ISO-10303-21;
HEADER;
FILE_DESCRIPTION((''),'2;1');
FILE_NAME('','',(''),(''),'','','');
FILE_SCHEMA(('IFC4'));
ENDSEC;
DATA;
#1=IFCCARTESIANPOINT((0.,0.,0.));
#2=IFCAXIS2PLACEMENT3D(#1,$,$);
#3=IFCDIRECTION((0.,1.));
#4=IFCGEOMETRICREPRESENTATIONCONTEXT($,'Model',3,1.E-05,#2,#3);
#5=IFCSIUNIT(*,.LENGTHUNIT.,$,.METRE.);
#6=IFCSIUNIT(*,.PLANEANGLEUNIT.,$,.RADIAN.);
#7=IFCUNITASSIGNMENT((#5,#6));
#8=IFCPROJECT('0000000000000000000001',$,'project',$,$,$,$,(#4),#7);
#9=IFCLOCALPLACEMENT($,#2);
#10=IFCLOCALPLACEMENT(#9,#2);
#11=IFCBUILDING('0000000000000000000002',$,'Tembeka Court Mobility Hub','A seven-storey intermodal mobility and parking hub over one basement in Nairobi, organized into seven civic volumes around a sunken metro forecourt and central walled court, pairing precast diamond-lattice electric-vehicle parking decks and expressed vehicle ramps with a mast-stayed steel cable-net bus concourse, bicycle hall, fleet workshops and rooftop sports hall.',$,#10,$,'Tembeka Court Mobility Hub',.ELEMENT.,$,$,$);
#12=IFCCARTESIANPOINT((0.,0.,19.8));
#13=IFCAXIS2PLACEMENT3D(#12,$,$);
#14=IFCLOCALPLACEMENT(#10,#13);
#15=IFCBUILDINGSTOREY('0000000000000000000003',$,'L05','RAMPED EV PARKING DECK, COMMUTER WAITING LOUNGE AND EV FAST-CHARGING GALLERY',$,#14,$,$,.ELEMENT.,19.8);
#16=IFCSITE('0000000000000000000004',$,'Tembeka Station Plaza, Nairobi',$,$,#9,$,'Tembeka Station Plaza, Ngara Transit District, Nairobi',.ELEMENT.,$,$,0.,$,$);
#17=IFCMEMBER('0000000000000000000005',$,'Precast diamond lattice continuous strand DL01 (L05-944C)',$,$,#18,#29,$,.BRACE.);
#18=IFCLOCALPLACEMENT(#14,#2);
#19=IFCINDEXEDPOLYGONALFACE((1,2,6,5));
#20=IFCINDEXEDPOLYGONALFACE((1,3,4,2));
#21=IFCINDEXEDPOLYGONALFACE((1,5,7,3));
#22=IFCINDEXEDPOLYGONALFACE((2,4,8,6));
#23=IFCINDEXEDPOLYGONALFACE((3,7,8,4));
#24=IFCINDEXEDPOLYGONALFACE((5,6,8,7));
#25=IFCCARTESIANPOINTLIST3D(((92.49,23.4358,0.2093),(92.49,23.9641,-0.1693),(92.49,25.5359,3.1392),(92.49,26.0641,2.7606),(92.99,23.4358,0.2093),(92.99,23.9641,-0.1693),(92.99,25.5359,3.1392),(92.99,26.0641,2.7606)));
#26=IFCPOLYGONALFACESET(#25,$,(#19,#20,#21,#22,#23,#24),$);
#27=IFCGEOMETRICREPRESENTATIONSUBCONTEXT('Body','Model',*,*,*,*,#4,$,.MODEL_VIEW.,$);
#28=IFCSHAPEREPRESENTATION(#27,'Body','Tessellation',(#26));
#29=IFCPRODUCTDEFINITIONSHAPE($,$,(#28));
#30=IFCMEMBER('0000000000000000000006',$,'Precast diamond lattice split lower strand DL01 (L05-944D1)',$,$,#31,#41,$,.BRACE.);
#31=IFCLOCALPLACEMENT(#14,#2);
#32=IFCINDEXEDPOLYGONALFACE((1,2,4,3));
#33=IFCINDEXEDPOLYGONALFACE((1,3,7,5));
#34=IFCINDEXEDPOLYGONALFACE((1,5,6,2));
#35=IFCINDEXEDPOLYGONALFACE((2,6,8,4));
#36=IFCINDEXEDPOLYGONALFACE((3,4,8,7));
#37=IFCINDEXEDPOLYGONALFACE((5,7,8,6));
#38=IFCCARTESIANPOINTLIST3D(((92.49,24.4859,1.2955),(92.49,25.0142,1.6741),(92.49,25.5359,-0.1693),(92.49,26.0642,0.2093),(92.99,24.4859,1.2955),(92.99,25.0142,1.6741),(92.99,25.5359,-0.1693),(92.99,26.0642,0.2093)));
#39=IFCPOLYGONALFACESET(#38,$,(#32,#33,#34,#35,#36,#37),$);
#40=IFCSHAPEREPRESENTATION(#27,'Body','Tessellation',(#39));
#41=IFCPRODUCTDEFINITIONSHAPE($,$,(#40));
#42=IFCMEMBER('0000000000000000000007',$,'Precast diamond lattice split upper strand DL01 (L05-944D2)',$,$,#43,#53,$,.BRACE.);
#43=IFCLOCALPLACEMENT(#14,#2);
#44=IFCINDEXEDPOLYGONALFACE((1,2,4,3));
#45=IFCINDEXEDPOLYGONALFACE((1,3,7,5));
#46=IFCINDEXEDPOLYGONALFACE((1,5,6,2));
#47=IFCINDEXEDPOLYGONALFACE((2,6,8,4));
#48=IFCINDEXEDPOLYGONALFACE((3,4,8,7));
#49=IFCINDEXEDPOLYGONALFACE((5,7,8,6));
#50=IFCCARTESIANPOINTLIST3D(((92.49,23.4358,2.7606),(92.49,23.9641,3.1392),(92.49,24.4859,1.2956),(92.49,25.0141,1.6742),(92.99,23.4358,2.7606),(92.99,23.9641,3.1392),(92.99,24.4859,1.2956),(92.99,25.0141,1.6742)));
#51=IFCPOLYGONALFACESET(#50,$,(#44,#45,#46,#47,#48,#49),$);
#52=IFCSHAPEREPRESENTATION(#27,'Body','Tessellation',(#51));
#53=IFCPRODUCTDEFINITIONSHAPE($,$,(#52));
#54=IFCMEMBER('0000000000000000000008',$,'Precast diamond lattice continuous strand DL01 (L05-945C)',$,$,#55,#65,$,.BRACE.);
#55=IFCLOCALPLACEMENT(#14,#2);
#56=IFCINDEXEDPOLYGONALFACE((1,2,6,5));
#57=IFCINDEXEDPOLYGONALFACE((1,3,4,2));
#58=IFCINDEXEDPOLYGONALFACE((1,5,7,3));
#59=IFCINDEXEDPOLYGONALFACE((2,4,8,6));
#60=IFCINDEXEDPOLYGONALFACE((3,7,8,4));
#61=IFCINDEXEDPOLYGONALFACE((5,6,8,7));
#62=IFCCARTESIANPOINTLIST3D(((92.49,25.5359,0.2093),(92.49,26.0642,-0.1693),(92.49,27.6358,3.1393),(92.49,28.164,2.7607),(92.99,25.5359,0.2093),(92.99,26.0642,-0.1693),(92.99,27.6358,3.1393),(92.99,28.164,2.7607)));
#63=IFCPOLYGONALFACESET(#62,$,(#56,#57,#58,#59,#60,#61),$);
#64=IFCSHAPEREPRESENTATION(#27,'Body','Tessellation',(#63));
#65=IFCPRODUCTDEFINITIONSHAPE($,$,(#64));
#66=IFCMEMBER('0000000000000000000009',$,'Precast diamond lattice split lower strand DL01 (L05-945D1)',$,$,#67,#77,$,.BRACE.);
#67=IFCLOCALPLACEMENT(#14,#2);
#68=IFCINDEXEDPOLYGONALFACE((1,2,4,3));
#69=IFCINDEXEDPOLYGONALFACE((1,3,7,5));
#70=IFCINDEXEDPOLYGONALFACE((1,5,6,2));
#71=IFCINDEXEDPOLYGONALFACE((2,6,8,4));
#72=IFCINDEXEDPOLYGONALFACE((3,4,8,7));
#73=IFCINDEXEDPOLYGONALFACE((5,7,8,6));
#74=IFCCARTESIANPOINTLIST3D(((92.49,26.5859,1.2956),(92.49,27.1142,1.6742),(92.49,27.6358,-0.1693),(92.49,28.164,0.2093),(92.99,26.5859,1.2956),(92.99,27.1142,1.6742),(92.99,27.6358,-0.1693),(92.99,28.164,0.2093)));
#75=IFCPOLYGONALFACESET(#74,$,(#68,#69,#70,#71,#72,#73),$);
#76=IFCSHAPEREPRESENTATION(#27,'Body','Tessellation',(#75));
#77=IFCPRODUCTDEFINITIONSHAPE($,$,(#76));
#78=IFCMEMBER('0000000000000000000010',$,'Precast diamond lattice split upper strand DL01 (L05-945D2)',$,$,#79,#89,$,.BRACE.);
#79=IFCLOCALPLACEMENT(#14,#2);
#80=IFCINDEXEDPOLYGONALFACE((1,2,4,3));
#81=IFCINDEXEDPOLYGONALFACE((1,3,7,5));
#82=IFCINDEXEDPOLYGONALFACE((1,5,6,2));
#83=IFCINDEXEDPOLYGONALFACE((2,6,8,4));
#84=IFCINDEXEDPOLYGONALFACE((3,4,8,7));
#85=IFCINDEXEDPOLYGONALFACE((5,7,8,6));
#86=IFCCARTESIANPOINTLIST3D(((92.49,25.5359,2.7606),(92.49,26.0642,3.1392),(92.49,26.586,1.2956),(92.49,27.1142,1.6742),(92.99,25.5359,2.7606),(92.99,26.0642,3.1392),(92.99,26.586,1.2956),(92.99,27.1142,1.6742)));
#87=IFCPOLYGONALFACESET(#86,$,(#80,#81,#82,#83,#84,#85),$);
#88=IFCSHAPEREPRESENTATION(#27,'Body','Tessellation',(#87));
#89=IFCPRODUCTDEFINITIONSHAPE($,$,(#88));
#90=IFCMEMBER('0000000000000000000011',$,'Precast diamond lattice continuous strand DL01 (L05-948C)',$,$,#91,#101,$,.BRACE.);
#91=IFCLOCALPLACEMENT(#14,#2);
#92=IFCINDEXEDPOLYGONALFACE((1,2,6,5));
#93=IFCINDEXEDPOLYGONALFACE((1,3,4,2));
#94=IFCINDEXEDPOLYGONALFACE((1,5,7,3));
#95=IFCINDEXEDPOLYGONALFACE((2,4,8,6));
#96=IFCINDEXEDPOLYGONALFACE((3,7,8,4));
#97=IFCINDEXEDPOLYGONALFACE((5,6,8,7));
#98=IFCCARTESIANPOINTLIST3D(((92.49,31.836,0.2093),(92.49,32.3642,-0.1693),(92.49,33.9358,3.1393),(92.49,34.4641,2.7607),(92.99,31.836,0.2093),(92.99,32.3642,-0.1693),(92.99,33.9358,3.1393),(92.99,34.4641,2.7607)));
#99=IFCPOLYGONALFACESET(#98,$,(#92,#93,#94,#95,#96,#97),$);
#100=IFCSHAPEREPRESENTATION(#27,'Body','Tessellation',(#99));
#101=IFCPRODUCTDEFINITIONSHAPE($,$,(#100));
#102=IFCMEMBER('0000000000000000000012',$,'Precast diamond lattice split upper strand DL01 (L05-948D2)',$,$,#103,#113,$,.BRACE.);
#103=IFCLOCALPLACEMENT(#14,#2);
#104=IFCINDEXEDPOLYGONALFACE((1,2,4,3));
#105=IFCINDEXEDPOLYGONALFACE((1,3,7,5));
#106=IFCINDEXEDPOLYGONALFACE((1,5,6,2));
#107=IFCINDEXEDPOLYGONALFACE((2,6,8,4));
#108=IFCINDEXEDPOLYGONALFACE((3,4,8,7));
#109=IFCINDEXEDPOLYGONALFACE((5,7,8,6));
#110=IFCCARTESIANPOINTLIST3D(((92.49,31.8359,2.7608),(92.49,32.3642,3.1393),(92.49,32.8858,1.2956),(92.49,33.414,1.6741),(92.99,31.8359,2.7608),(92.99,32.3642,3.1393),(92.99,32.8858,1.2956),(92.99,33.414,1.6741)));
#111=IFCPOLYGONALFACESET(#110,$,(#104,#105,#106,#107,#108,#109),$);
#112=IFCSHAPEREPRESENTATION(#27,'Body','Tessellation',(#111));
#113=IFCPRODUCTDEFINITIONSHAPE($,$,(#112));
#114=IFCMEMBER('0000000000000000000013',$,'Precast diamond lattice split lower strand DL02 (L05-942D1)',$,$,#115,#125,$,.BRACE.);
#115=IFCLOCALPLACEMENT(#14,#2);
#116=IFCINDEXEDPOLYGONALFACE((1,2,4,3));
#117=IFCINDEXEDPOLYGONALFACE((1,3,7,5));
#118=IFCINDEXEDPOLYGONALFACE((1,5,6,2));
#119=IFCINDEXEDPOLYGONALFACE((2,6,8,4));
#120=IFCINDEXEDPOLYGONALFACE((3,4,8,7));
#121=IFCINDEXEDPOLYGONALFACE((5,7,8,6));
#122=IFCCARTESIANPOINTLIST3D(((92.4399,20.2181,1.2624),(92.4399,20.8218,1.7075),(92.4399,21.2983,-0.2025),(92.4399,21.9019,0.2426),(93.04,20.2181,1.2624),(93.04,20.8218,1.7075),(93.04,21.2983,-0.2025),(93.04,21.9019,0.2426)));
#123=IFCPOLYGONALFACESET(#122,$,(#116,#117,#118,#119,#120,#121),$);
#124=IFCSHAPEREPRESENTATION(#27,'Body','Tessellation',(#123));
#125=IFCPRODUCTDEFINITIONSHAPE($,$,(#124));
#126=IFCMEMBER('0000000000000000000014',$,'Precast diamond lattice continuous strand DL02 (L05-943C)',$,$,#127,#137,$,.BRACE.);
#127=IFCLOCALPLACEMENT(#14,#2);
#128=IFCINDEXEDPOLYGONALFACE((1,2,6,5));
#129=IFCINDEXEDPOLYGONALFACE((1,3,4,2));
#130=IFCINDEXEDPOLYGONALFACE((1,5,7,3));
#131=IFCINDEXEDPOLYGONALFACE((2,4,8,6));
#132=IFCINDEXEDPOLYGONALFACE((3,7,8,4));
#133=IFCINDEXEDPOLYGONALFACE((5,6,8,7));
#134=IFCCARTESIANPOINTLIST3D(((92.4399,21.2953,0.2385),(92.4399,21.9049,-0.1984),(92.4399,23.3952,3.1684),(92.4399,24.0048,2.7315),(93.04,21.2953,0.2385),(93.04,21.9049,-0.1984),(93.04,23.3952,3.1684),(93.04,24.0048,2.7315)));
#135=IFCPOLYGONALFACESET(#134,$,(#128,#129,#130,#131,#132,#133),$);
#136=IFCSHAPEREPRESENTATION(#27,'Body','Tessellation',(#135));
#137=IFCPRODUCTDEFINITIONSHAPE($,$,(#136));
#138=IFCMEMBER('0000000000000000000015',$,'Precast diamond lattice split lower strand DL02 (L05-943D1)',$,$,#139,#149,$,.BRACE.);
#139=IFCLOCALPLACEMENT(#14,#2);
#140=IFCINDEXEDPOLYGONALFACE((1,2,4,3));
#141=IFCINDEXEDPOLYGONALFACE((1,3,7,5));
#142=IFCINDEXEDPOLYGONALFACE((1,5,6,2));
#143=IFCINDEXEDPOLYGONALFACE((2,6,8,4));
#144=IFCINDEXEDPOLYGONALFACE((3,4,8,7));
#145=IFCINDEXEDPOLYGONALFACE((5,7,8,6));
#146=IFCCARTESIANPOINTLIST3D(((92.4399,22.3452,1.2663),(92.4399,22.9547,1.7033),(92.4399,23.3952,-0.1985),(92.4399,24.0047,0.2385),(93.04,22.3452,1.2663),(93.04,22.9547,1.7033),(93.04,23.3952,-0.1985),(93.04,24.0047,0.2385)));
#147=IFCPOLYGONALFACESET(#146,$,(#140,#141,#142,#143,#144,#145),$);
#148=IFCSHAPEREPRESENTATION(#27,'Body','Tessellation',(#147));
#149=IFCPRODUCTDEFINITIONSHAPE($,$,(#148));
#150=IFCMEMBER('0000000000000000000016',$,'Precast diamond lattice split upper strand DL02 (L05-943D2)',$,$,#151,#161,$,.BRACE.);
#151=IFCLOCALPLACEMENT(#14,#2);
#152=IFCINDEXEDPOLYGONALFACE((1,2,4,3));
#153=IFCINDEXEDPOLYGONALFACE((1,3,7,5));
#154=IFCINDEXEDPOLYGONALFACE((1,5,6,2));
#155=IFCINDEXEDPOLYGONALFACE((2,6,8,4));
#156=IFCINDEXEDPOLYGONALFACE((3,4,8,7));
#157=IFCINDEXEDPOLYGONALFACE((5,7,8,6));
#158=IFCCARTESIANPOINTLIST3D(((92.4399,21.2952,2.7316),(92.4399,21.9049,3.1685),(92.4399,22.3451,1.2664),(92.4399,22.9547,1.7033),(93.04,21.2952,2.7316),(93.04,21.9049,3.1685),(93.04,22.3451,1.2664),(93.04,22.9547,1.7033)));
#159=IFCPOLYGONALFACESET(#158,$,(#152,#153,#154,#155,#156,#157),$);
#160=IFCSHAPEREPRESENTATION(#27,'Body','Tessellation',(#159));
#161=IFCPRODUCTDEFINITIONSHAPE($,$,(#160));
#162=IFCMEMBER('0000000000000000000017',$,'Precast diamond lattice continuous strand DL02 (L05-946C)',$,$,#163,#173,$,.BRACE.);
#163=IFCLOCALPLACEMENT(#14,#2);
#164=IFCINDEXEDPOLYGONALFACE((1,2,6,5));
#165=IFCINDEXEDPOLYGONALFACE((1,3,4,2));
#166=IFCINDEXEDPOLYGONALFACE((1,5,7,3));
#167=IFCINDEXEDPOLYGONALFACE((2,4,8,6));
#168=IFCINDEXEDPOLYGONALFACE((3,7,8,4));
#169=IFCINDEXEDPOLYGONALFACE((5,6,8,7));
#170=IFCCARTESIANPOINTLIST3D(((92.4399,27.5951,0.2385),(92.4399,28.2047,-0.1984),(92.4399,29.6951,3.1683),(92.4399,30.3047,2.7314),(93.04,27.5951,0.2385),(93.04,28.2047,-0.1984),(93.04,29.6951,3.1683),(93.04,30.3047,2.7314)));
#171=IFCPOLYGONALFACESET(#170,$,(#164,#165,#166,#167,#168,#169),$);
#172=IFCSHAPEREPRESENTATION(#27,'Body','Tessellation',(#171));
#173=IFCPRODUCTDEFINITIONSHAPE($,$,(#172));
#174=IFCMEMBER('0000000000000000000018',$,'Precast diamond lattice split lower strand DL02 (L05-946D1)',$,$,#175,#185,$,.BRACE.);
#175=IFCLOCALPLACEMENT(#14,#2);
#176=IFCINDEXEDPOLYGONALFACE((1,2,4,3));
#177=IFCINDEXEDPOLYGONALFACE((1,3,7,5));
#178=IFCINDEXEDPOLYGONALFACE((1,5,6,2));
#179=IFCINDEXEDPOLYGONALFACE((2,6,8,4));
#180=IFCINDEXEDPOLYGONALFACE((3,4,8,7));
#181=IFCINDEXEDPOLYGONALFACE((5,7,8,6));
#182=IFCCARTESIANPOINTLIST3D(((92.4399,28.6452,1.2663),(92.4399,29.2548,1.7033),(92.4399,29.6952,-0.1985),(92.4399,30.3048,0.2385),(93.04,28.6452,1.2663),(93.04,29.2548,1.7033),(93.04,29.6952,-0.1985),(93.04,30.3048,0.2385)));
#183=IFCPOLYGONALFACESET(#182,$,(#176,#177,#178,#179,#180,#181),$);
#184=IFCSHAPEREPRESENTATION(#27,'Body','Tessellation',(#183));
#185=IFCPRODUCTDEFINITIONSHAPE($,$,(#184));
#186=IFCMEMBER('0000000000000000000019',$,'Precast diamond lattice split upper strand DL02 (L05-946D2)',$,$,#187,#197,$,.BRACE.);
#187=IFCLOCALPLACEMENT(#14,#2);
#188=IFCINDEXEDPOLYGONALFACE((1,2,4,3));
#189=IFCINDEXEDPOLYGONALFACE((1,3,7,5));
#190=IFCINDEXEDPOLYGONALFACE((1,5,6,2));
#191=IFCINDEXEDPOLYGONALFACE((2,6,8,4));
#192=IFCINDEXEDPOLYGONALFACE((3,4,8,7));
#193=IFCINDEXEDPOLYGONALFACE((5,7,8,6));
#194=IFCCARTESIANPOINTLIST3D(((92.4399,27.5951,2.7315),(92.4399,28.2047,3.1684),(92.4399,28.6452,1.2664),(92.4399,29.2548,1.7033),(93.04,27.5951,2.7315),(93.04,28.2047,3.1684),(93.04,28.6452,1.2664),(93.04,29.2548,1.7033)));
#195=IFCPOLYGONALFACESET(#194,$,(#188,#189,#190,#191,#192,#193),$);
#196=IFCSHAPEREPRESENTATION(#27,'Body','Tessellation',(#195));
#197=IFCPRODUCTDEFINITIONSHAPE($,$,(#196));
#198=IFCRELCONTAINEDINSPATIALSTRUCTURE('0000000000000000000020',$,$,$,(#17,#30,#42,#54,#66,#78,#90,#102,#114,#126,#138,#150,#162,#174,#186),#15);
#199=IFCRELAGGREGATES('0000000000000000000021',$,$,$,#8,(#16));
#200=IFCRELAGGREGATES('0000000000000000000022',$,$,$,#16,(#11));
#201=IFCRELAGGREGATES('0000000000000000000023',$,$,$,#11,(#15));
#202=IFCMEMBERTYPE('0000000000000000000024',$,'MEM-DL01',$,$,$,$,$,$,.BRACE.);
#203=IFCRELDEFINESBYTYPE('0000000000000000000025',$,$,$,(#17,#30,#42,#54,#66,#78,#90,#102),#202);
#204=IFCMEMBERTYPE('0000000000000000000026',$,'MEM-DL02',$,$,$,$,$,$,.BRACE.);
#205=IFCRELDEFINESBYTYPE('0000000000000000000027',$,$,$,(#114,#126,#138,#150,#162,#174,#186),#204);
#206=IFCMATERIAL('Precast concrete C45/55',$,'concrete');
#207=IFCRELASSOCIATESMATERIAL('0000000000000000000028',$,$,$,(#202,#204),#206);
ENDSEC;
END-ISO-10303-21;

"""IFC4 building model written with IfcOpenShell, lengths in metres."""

from ifc_helpers import new_model, si_unit, direction, frame, origin, origin_2d, place, context, subcontext, project, spatial, rectangle, extrude, material, material_profile, profile_set, type_object, element, save


model = new_model("IFC4")

# Units and contexts
model_context = context("Model", 3, precision=1e-05, world=origin(), true_north=direction((0.0, 1.0)))
body_context = subcontext(model_context, "Body", "Model", "MODEL_VIEW")
ifc_project = project(units=[si_unit("LENGTHUNIT", "METRE"), si_unit("PLANEANGLEUNIT", "RADIAN")], contexts=[model_context])

# Site, building, storey
site_placement = place(None, origin())
site = spatial("IfcSite", under=ifc_project, at=site_placement, Name="Tembeka Station Plaza, Nairobi", LongName="Tembeka Station Plaza, Ngara Transit District, Nairobi", CompositionType="ELEMENT", RefElevation=0.0)
building_placement = place(site_placement, origin())
building = spatial("IfcBuilding", under=site, at=building_placement, Name="Tembeka Court Mobility Hub", Description="A seven-storey intermodal mobility and parking hub over one basement in Nairobi, organized into seven civic volumes around a sunken metro forecourt and central walled court, pairing precast diamond-lattice electric-vehicle parking decks and expressed vehicle ramps with a mast-stayed steel cable-net bus concourse, bicycle hall, fleet workshops and rooftop sports hall.", LongName="Tembeka Court Mobility Hub", CompositionType="ELEMENT")
storey_placement = place(building_placement, frame((0.0, 0.0, 19.8)))
storey = spatial("IfcBuildingStorey", under=building, at=storey_placement, Name="L05", Description="RAMPED EV PARKING DECK, COMMUTER WAITING LOUNGE AND EV FAST-CHARGING GALLERY", CompositionType="ELEMENT", Elevation=19.8)

# Members
ifc_material_1 = material(Name="Precast concrete C45/55", Category="concrete")
ifc_material_profile_1 = material_profile(ifc_material_1, rectangle(XDim=0.5, YDim=0.6499, at=origin_2d()), Name="PC-DIAG 500x650")
ifc_profile_set_1 = profile_set([ifc_material_profile_1], Name="Precast concrete C45/55")
member_type_1 = type_object("IfcMemberType", Name="MEM-DL01", PredefinedType="BRACE", material=ifc_profile_set_1)
member_1_placement = place(storey_placement, frame((92.74, 23.7, 0.02), z_axis=(0.0, 0.582576, 0.812776), x_axis=(-1.0, 0.0, 0.0)))
element("IfcMember", 1, at=member_1_placement, inside=storey, type_object=member_type_1, Name="Precast diamond lattice continuous strand DL01 (L05-944C)", PredefinedType="BRACE", context=body_context, shape_type="SweptSolid", body=[
    extrude(rectangle(XDim=0.5, YDim=0.6499, at=origin_2d()), origin(), (0.0, 0.0, 1.0), 3.6047),
])
member_2_placement = place(storey_placement, frame((92.74, 25.8, 0.02), z_axis=(0.0, -0.582608, 0.812753), x_axis=(1.0, 0.0, 0.0)))
element("IfcMember", 2, at=member_2_placement, inside=storey, type_object=member_type_1, Name="Precast diamond lattice split lower strand DL01 (L05-944D1)", PredefinedType="BRACE", context=body_context, shape_type="SweptSolid", body=[
    extrude(rectangle(XDim=0.5, YDim=0.6499, at=origin_2d()), origin(), (0.0, 0.0, 1.0), 1.8022),
])
member_3_placement = place(storey_placement, frame((92.74, 24.75, 1.4849), z_axis=(0.0, -0.582544, 0.812799), x_axis=(1.0, 0.0, 0.0)))
element("IfcMember", 3, at=member_3_placement, inside=storey, type_object=member_type_1, Name="Precast diamond lattice split upper strand DL01 (L05-944D2)", PredefinedType="BRACE", context=body_context, shape_type="SweptSolid", body=[
    extrude(rectangle(XDim=0.5, YDim=0.6499, at=origin_2d()), origin(), (0.0, 0.0, 1.0), 1.8025),
])
member_4_placement = place(storey_placement, frame((92.74, 25.8, 0.02), z_axis=(0.0, 0.582532, 0.812808), x_axis=(-1.0, 0.0, 0.0)))
element("IfcMember", 4, at=member_4_placement, inside=storey, type_object=member_type_1, Name="Precast diamond lattice continuous strand DL01 (L05-945C)", PredefinedType="BRACE", context=body_context, shape_type="SweptSolid", body=[
    extrude(rectangle(XDim=0.5, YDim=0.6499, at=origin_2d()), origin(), (0.0, 0.0, 1.0), 3.6047),
])
member_5_placement = place(storey_placement, frame((92.74, 27.8999, 0.02), z_axis=(0.0, -0.582519, 0.812817), x_axis=(1.0, 0.0, 0.0)))
element("IfcMember", 5, at=member_5_placement, inside=storey, type_object=member_type_1, Name="Precast diamond lattice split lower strand DL01 (L05-945D1)", PredefinedType="BRACE", context=body_context, shape_type="SweptSolid", body=[
    extrude(rectangle(XDim=0.5, YDim=0.6499, at=origin_2d()), origin(), (0.0, 0.0, 1.0), 1.8022),
])
member_6_placement = place(storey_placement, frame((92.74, 26.8501, 1.4849), z_axis=(0.0, -0.582544, 0.812799), x_axis=(1.0, 0.0, 0.0)))
element("IfcMember", 6, at=member_6_placement, inside=storey, type_object=member_type_1, Name="Precast diamond lattice split upper strand DL01 (L05-945D2)", PredefinedType="BRACE", context=body_context, shape_type="SweptSolid", body=[
    extrude(rectangle(XDim=0.5, YDim=0.6499, at=origin_2d()), origin(), (0.0, 0.0, 1.0), 1.8025),
])
member_7_placement = place(storey_placement, frame((92.74, 32.1001, 0.02), z_axis=(0.0, 0.582532, 0.812808), x_axis=(-1.0, 0.0, 0.0)))
element("IfcMember", 7, at=member_7_placement, inside=storey, type_object=member_type_1, Name="Precast diamond lattice continuous strand DL01 (L05-948C)", PredefinedType="BRACE", context=body_context, shape_type="SweptSolid", body=[
    extrude(rectangle(XDim=0.5, YDim=0.6499, at=origin_2d()), origin(), (0.0, 0.0, 1.0), 3.6047),
])
member_8_placement = place(storey_placement, frame((92.74, 33.1499, 1.4849), z_axis=(0.0, -0.582455, 0.812863), x_axis=(1.0, 0.0, 0.0)))
element("IfcMember", 8, at=member_8_placement, inside=storey, type_object=member_type_1, Name="Precast diamond lattice split upper strand DL01 (L05-948D2)", PredefinedType="BRACE", context=body_context, shape_type="SweptSolid", body=[
    extrude(rectangle(XDim=0.5, YDim=0.6499, at=origin_2d()), origin(), (0.0, 0.0, 1.0), 1.8025),
])
ifc_material_profile_2 = material_profile(ifc_material_1, rectangle(XDim=0.6001, YDim=0.75, at=origin_2d()), Name="PC-DIAG 600x750")
ifc_profile_set_2 = profile_set([ifc_material_profile_2], Name="Precast concrete C45/55")
member_type_2 = type_object("IfcMemberType", Name="MEM-DL02", PredefinedType="BRACE", material=ifc_profile_set_2)
member_9_placement = place(storey_placement, frame((92.74, 21.6001, 0.02), z_axis=(0.0, -0.593455, 0.804867), x_axis=(1.0, 0.0, 0.0)))
element("IfcMember", 9, at=member_9_placement, inside=storey, type_object=member_type_2, Name="Precast diamond lattice split lower strand DL02 (L05-942D1)", PredefinedType="BRACE", context=body_context, shape_type="SweptSolid", body=[
    extrude(rectangle(XDim=0.6001, YDim=0.75, at=origin_2d()), origin(), (0.0, 0.0, 1.0), 1.8201),
])
member_10_placement = place(storey_placement, frame((92.74, 21.6001, 0.02), z_axis=(0.0, 0.582532, 0.812808), x_axis=(-1.0, 0.0, 0.0)))
element("IfcMember", 10, at=member_10_placement, inside=storey, type_object=member_type_2, Name="Precast diamond lattice continuous strand DL02 (L05-943C)", PredefinedType="BRACE", context=body_context, shape_type="SweptSolid", body=[
    extrude(rectangle(XDim=0.6001, YDim=0.75, at=origin_2d()), origin(), (0.0, 0.0, 1.0), 3.6047),
])
member_11_placement = place(storey_placement, frame((92.74, 23.7, 0.02), z_axis=(0.0, -0.582608, 0.812753), x_axis=(1.0, 0.0, 0.0)))
element("IfcMember", 11, at=member_11_placement, inside=storey, type_object=member_type_2, Name="Precast diamond lattice split lower strand DL02 (L05-943D1)", PredefinedType="BRACE", context=body_context, shape_type="SweptSolid", body=[
    extrude(rectangle(XDim=0.6001, YDim=0.75, at=origin_2d()), origin(), (0.0, 0.0, 1.0), 1.8022),
])
member_12_placement = place(storey_placement, frame((92.74, 22.6499, 1.4849), z_axis=(0.0, -0.582455, 0.812863), x_axis=(1.0, 0.0, 0.0)))
element("IfcMember", 12, at=member_12_placement, inside=storey, type_object=member_type_2, Name="Precast diamond lattice split upper strand DL02 (L05-943D2)", PredefinedType="BRACE", context=body_context, shape_type="SweptSolid", body=[
    extrude(rectangle(XDim=0.6001, YDim=0.75, at=origin_2d()), origin(), (0.0, 0.0, 1.0), 1.8025),
])
member_13_placement = place(storey_placement, frame((92.74, 27.8999, 0.02), z_axis=(0.0, 0.582576, 0.812776), x_axis=(-1.0, 0.0, 0.0)))
element("IfcMember", 13, at=member_13_placement, inside=storey, type_object=member_type_2, Name="Precast diamond lattice continuous strand DL02 (L05-946C)", PredefinedType="BRACE", context=body_context, shape_type="SweptSolid", body=[
    extrude(rectangle(XDim=0.6001, YDim=0.75, at=origin_2d()), origin(), (0.0, 0.0, 1.0), 3.6047),
])
member_14_placement = place(storey_placement, frame((92.74, 30.0, 0.02), z_axis=(0.0, -0.582608, 0.812753), x_axis=(1.0, 0.0, 0.0)))
element("IfcMember", 14, at=member_14_placement, inside=storey, type_object=member_type_2, Name="Precast diamond lattice split lower strand DL02 (L05-946D1)", PredefinedType="BRACE", context=body_context, shape_type="SweptSolid", body=[
    extrude(rectangle(XDim=0.6001, YDim=0.75, at=origin_2d()), origin(), (0.0, 0.0, 1.0), 1.8022),
])
member_15_placement = place(storey_placement, frame((92.74, 28.95, 1.4849), z_axis=(0.0, -0.582544, 0.812799), x_axis=(1.0, 0.0, 0.0)))
element("IfcMember", 15, at=member_15_placement, inside=storey, type_object=member_type_2, Name="Precast diamond lattice split upper strand DL02 (L05-946D2)", PredefinedType="BRACE", context=body_context, shape_type="SweptSolid", body=[
    extrude(rectangle(XDim=0.6001, YDim=0.75, at=origin_2d()), origin(), (0.0, 0.0, 1.0), 1.8025),
])

save(model, "model.ifc")
